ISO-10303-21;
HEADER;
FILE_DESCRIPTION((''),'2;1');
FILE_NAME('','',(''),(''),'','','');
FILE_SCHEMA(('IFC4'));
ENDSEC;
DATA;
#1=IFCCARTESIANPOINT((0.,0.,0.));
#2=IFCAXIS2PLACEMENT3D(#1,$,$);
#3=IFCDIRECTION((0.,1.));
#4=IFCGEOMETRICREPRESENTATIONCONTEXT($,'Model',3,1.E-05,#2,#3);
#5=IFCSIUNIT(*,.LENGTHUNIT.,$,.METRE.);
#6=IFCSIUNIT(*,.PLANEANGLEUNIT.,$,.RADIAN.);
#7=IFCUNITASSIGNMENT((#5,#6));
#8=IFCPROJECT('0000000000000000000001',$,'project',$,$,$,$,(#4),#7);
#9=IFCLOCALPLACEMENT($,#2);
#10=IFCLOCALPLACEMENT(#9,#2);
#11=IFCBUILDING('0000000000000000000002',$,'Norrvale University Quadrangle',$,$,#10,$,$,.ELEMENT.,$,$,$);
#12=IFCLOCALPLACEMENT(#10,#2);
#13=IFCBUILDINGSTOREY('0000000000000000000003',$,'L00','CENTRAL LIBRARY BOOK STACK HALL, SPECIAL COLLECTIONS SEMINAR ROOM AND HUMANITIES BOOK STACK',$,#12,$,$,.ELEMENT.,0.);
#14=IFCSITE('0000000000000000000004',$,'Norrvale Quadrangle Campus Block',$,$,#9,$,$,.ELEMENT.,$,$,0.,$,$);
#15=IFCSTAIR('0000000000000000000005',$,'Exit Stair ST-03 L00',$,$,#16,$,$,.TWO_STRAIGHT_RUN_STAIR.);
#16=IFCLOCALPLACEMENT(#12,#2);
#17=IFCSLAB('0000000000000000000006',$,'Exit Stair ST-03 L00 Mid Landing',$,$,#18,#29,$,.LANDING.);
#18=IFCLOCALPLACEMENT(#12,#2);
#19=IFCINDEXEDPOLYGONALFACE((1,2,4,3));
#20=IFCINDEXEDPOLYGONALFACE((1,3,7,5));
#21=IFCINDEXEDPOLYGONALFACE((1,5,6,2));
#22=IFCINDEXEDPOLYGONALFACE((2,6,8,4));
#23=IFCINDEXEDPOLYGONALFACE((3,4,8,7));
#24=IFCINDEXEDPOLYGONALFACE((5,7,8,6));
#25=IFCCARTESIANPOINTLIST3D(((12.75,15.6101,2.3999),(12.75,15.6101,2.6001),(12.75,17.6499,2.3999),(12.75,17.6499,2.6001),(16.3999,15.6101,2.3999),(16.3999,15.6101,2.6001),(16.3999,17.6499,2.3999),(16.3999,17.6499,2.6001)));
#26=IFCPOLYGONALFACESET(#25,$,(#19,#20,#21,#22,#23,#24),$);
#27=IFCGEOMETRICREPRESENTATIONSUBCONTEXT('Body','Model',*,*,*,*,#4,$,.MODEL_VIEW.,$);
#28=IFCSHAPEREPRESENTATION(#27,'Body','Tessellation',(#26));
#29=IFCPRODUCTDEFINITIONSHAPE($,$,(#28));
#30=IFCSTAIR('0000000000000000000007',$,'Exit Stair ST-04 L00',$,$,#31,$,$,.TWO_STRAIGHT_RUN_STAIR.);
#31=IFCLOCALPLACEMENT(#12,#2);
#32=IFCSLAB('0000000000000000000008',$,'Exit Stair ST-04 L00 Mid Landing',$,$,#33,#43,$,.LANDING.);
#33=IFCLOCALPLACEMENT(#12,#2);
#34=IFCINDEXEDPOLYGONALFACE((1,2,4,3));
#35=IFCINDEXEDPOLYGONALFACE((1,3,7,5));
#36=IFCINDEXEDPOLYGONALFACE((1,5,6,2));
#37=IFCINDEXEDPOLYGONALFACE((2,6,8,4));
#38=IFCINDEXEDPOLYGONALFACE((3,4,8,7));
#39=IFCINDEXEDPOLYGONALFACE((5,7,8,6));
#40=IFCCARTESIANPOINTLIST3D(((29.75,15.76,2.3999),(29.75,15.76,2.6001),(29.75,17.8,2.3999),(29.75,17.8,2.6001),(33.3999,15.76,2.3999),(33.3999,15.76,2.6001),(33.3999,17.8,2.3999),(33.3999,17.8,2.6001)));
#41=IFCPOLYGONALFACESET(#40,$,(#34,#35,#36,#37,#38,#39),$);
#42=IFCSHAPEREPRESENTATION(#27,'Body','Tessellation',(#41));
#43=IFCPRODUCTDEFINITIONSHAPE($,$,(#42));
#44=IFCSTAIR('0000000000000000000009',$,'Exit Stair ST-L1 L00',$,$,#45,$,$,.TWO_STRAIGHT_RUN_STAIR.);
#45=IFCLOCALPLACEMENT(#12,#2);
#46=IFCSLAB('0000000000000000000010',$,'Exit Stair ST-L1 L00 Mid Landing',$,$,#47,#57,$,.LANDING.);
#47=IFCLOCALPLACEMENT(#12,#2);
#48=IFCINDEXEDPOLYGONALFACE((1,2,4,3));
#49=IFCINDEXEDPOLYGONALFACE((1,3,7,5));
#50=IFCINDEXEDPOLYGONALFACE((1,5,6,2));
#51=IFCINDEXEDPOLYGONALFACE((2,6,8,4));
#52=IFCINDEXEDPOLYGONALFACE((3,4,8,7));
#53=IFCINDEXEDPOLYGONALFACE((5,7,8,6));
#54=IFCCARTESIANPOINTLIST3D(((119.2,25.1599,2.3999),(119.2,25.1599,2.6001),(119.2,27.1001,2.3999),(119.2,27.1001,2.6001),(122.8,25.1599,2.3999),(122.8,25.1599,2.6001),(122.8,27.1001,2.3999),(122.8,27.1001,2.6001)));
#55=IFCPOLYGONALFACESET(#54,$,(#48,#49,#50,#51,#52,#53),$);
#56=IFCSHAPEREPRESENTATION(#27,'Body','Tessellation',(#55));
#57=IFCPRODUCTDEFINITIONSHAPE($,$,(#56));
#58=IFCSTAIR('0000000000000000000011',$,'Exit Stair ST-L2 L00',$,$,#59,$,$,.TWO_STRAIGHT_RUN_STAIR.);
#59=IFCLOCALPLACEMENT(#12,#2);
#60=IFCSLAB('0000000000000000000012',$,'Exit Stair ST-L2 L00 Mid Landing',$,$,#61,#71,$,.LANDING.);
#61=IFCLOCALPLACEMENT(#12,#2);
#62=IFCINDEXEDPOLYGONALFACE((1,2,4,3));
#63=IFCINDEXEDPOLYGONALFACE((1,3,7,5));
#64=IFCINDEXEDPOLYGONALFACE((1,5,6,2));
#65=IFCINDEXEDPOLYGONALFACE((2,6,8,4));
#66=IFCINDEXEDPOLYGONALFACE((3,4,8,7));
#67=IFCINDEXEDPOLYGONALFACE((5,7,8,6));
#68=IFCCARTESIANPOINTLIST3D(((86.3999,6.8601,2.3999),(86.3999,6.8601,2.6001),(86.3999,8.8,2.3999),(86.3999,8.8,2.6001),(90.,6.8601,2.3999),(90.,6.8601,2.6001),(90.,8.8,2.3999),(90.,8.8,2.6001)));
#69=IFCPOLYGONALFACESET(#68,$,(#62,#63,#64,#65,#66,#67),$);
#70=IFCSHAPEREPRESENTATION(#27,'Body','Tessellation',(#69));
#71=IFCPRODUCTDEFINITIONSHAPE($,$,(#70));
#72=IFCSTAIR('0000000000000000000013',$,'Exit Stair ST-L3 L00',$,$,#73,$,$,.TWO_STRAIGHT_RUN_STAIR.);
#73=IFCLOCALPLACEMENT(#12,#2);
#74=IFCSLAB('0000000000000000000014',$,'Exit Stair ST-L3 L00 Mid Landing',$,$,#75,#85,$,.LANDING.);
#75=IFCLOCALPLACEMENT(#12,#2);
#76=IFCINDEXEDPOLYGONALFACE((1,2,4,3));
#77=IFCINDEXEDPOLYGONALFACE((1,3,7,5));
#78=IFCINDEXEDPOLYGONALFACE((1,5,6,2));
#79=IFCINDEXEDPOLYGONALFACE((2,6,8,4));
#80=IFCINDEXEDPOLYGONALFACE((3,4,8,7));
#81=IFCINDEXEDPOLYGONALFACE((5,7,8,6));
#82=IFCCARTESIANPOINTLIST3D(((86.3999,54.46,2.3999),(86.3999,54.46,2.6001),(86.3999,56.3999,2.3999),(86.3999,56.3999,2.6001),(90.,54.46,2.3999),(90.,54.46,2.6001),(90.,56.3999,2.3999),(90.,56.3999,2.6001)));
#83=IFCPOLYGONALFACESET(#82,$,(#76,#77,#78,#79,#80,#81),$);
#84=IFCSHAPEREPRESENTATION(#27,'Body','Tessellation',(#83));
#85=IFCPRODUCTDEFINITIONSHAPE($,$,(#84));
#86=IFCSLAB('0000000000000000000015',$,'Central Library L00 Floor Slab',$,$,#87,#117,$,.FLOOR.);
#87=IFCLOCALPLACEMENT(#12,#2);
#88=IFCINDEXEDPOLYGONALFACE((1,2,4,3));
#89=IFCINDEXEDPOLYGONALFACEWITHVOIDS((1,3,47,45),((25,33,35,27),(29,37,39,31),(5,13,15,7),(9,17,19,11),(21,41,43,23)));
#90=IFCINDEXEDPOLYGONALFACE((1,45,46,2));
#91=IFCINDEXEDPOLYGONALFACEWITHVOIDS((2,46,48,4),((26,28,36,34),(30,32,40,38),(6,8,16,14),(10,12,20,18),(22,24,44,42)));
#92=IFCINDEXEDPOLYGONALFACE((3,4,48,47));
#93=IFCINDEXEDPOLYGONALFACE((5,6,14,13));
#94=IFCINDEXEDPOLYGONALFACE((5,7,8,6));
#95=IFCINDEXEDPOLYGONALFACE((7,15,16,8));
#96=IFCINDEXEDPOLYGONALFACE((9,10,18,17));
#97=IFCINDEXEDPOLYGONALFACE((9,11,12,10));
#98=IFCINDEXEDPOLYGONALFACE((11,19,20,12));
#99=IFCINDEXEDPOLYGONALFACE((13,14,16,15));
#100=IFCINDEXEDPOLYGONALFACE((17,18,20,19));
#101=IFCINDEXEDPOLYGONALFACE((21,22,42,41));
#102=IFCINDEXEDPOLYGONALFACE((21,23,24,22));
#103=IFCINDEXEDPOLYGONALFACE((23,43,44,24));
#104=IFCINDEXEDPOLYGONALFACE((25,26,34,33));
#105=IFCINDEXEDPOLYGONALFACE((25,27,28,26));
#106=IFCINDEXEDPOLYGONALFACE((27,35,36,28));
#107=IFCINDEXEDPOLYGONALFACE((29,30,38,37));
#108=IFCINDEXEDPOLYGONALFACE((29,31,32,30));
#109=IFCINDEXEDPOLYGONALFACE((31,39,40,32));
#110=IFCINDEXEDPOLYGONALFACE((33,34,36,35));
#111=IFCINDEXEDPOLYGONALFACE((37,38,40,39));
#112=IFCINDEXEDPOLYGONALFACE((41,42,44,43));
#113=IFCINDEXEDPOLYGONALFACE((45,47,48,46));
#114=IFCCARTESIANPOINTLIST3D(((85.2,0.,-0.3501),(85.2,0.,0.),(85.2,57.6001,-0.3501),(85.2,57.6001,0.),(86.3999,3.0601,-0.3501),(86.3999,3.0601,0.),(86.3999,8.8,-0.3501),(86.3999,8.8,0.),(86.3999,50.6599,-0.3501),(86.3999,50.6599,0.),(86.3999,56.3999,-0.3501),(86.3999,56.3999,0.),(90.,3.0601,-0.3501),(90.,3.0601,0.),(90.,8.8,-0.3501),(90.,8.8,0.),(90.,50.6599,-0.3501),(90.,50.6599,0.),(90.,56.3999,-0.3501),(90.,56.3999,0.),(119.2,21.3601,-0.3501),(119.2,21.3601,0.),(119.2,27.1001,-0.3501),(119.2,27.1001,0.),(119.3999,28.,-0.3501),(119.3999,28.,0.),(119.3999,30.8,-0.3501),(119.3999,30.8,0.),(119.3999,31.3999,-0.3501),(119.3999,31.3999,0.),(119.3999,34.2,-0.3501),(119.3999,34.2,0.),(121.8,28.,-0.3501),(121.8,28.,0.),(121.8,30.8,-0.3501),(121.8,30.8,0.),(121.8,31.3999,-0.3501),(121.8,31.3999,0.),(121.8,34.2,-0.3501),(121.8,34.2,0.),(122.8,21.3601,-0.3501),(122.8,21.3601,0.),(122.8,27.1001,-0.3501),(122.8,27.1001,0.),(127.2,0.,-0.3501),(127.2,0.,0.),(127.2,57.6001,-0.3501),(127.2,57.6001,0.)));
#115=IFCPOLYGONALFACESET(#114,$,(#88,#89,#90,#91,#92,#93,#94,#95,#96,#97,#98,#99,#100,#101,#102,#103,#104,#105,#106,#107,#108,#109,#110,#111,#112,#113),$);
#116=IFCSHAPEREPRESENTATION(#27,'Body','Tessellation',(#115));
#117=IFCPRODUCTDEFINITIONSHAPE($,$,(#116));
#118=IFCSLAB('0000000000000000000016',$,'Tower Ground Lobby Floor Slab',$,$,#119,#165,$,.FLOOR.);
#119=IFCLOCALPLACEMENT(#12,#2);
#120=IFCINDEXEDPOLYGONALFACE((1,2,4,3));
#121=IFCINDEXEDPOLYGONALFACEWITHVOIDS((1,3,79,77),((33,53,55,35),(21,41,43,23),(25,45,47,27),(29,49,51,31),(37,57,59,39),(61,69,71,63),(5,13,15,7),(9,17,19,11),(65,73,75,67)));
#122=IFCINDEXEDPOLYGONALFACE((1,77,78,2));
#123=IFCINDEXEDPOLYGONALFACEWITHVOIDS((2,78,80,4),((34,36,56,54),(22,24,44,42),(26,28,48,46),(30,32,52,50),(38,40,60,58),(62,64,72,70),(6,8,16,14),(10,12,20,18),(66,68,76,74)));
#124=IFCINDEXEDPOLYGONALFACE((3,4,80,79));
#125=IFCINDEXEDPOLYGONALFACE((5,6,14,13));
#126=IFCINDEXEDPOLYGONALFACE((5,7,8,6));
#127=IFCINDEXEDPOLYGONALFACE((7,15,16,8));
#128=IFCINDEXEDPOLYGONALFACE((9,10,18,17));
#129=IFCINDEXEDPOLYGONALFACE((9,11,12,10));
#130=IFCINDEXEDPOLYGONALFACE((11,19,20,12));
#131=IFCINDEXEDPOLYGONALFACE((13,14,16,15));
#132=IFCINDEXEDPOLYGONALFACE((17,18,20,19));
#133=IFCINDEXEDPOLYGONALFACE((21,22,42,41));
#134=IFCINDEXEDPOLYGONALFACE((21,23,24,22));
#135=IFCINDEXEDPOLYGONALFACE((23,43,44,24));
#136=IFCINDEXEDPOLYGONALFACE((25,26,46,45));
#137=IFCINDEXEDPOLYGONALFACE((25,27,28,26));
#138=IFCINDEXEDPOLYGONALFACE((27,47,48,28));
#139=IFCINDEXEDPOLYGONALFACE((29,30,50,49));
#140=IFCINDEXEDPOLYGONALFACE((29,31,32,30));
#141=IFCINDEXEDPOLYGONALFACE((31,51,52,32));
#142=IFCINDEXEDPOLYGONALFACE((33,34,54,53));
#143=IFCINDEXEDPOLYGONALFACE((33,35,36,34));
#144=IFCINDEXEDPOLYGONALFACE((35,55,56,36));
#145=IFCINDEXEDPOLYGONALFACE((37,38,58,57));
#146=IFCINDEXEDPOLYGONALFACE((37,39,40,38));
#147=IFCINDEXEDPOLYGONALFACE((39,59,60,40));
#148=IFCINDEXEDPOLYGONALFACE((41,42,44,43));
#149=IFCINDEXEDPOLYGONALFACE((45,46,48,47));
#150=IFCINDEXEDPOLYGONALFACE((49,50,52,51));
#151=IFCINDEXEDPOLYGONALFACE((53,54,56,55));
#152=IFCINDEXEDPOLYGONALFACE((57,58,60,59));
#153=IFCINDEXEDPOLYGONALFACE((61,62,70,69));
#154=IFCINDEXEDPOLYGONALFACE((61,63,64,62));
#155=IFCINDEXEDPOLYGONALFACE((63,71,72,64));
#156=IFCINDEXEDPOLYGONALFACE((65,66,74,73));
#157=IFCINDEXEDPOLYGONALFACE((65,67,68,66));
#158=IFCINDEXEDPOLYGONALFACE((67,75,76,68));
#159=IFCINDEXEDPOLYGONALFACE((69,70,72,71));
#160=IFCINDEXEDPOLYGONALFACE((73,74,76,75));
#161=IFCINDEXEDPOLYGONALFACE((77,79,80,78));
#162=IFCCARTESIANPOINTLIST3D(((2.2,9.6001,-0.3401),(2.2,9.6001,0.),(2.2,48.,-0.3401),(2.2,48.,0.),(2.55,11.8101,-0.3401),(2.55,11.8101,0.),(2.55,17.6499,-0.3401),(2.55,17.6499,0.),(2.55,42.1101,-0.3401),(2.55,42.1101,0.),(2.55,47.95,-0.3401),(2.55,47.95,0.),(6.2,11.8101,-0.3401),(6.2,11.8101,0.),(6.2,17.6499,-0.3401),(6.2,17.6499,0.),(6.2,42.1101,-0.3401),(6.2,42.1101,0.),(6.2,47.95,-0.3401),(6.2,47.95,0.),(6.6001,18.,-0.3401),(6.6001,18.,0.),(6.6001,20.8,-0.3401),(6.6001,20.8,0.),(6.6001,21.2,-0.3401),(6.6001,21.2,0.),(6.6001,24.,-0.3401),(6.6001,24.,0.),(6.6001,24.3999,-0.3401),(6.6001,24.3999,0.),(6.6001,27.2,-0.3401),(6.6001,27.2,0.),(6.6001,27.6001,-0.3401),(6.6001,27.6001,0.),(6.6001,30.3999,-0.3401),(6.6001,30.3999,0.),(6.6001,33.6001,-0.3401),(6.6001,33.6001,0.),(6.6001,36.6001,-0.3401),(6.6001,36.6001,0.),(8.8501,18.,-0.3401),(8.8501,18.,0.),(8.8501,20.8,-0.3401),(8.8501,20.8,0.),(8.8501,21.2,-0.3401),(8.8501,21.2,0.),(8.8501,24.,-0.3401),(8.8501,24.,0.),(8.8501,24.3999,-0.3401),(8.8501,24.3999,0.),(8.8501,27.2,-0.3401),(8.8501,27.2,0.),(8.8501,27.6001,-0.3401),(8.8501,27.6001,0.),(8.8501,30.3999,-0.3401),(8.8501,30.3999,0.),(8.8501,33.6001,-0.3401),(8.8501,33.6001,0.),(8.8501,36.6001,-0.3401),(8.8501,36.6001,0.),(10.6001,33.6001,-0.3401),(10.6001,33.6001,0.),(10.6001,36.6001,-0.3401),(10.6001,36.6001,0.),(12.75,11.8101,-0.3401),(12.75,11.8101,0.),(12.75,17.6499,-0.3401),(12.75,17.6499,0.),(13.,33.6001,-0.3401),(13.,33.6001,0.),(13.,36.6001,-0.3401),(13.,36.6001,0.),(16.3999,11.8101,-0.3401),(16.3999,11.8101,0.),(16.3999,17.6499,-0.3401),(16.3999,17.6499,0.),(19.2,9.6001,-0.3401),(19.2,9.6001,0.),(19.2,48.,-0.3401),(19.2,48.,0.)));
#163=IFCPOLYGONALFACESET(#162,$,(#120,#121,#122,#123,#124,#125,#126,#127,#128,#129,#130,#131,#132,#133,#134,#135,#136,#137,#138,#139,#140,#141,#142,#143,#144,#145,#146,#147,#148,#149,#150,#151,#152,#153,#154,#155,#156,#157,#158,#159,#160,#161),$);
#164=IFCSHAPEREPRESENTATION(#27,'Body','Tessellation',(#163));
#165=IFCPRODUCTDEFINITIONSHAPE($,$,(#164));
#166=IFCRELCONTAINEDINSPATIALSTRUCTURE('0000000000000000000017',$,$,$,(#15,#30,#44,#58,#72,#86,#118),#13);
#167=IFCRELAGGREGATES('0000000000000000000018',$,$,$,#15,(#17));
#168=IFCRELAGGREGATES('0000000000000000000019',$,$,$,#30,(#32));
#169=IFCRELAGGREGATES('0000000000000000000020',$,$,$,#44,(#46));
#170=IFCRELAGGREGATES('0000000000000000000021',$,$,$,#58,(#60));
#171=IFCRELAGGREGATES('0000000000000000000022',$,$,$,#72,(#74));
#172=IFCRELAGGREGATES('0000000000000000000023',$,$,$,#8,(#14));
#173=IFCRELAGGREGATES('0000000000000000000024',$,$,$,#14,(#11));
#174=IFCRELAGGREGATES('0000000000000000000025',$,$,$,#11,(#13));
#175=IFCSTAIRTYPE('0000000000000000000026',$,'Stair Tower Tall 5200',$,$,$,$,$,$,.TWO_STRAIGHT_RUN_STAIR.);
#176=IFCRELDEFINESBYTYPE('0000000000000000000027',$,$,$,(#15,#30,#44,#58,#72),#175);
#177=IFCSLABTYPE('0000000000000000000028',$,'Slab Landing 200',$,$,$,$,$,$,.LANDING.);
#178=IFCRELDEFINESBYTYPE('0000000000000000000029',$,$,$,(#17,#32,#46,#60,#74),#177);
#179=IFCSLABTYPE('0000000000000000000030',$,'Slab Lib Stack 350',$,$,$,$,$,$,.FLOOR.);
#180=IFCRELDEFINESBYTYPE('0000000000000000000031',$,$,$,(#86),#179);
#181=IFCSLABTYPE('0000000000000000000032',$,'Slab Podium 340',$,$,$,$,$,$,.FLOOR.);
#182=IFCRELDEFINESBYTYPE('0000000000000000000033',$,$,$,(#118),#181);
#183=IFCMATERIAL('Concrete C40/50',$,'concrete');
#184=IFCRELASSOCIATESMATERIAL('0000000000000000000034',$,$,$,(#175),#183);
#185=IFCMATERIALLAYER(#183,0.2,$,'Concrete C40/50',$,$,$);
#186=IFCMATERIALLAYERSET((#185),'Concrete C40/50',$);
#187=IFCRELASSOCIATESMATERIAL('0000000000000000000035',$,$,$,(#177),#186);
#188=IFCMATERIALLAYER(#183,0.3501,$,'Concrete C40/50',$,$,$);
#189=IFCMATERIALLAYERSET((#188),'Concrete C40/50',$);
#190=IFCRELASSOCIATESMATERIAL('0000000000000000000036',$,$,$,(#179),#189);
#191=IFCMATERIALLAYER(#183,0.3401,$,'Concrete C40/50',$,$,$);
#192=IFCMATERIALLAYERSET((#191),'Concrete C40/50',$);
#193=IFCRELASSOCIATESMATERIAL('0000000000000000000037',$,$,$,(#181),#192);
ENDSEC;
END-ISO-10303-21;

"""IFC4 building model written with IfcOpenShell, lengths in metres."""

from ifc_helpers import new_model, si_unit, direction, frame, origin, place, context, subcontext, project, spatial, polyline, outline, extrude, material, layer, layer_set, type_object, element, aggregate, save


model = new_model("IFC4")

# Units and contexts
model_context = context("Model", 3, precision=1e-05, world=origin(), true_north=direction((0.0, 1.0)))
body_context = subcontext(model_context, "Body", "Model", "MODEL_VIEW")
ifc_project = project(units=[si_unit("LENGTHUNIT", "METRE"), si_unit("PLANEANGLEUNIT", "RADIAN")], contexts=[model_context])

# Site, building, storey
site_placement = place(None, origin())
site = spatial("IfcSite", under=ifc_project, at=site_placement, Name="Norrvale Quadrangle Campus Block", CompositionType="ELEMENT", RefElevation=0.0)
building_placement = place(site_placement, origin())
building = spatial("IfcBuilding", under=site, at=building_placement, Name="Norrvale University Quadrangle", CompositionType="ELEMENT")
storey_placement = place(building_placement, origin())
storey = spatial("IfcBuildingStorey", under=building, at=storey_placement, Name="L00", Description="CENTRAL LIBRARY BOOK STACK HALL, SPECIAL COLLECTIONS SEMINAR ROOM AND HUMANITIES BOOK STACK", CompositionType="ELEMENT", Elevation=0.0)

# Stairs, slabs
ifc_material_1 = material(Name="Concrete C40/50", Category="concrete")
stair_type = type_object("IfcStairType", Name="Stair Tower Tall 5200", PredefinedType="TWO_STRAIGHT_RUN_STAIR", material=ifc_material_1)
ifc_layer_1 = layer(ifc_material_1, 0.2, Name="Concrete C40/50")
ifc_layer_set_1 = layer_set([ifc_layer_1], Name="Concrete C40/50")
slab_type_1 = type_object("IfcSlabType", Name="Slab Landing 200", PredefinedType="LANDING", material=ifc_layer_set_1)
stair_1_placement = place(storey_placement, origin())
stair_1 = element("IfcStair", 1, at=stair_1_placement, inside=storey, type_object=stair_type, Name="Exit Stair ST-03 L00", PredefinedType="TWO_STRAIGHT_RUN_STAIR")
slab_1_placement = place(storey_placement, frame((0.0, 0.0, 2.3999)))
slab_1 = element("IfcSlab", 2, at=slab_1_placement, type_object=slab_type_1, Name="Exit Stair ST-03 L00 Mid Landing", PredefinedType="LANDING", context=body_context, shape_type="SweptSolid", body=[
    extrude(outline(polyline([(12.75, 15.6101), (16.3999, 15.6101), (16.3999, 17.6499), (12.75, 17.6499), (12.75, 15.6101)])), origin(), (0.0, 0.0, 1.0), 0.2002),
])
aggregate(stair_1, [slab_1])
stair_2_placement = place(storey_placement, origin())
stair_2 = element("IfcStair", 3, at=stair_2_placement, inside=storey, type_object=stair_type, Name="Exit Stair ST-04 L00", PredefinedType="TWO_STRAIGHT_RUN_STAIR")
slab_2_placement = place(storey_placement, frame((0.0, 0.0, 2.3999)))
slab_2 = element("IfcSlab", 4, at=slab_2_placement, type_object=slab_type_1, Name="Exit Stair ST-04 L00 Mid Landing", PredefinedType="LANDING", context=body_context, shape_type="SweptSolid", body=[
    extrude(outline(polyline([(29.75, 15.76), (33.3999, 15.76), (33.3999, 17.8), (29.75, 17.8), (29.75, 15.76)])), origin(), (0.0, 0.0, 1.0), 0.2002),
])
aggregate(stair_2, [slab_2])
stair_3_placement = place(storey_placement, origin())
stair_3 = element("IfcStair", 5, at=stair_3_placement, inside=storey, type_object=stair_type, Name="Exit Stair ST-L1 L00", PredefinedType="TWO_STRAIGHT_RUN_STAIR")
slab_3_placement = place(storey_placement, frame((0.0, 0.0, 2.3999)))
slab_3 = element("IfcSlab", 6, at=slab_3_placement, type_object=slab_type_1, Name="Exit Stair ST-L1 L00 Mid Landing", PredefinedType="LANDING", context=body_context, shape_type="SweptSolid", body=[
    extrude(outline(polyline([(119.2, 25.1599), (122.8, 25.1599), (122.8, 27.1001), (119.2, 27.1001), (119.2, 25.1599)])), origin(), (0.0, 0.0, 1.0), 0.2002),
])
aggregate(stair_3, [slab_3])
stair_4_placement = place(storey_placement, origin())
stair_4 = element("IfcStair", 7, at=stair_4_placement, inside=storey, type_object=stair_type, Name="Exit Stair ST-L2 L00", PredefinedType="TWO_STRAIGHT_RUN_STAIR")
slab_4_placement = place(storey_placement, frame((0.0, 0.0, 2.3999)))
slab_4 = element("IfcSlab", 8, at=slab_4_placement, type_object=slab_type_1, Name="Exit Stair ST-L2 L00 Mid Landing", PredefinedType="LANDING", context=body_context, shape_type="SweptSolid", body=[
    extrude(outline(polyline([(86.3999, 6.8601), (90.0, 6.8601), (90.0, 8.8), (86.3999, 8.8), (86.3999, 6.8601)])), origin(), (0.0, 0.0, 1.0), 0.2002),
])
aggregate(stair_4, [slab_4])
stair_5_placement = place(storey_placement, origin())
stair_5 = element("IfcStair", 9, at=stair_5_placement, inside=storey, type_object=stair_type, Name="Exit Stair ST-L3 L00", PredefinedType="TWO_STRAIGHT_RUN_STAIR")
slab_5_placement = place(storey_placement, frame((0.0, 0.0, 2.3999)))
slab_5 = element("IfcSlab", 10, at=slab_5_placement, type_object=slab_type_1, Name="Exit Stair ST-L3 L00 Mid Landing", PredefinedType="LANDING", context=body_context, shape_type="SweptSolid", body=[
    extrude(outline(polyline([(86.3999, 54.46), (90.0, 54.46), (90.0, 56.3999), (86.3999, 56.3999), (86.3999, 54.46)])), origin(), (0.0, 0.0, 1.0), 0.2002),
])
aggregate(stair_5, [slab_5])

# Slabs
ifc_layer_2 = layer(ifc_material_1, 0.3501, Name="Concrete C40/50")
ifc_layer_set_2 = layer_set([ifc_layer_2], Name="Concrete C40/50")
slab_type_2 = type_object("IfcSlabType", Name="Slab Lib Stack 350", PredefinedType="FLOOR", material=ifc_layer_set_2)
slab_6_placement = place(storey_placement, frame((0.0, 0.0, -0.3501)))
element("IfcSlab", 11, at=slab_6_placement, inside=storey, type_object=slab_type_2, Name="Central Library L00 Floor Slab", PredefinedType="FLOOR", context=body_context, shape_type="SweptSolid", body=[
    extrude(outline(polyline([(85.2, 0.0), (127.2, 0.0), (127.2, 57.6001), (85.2, 57.6001), (85.2, 0.0)]), holes=[polyline([(119.2, 21.3601), (122.8, 21.3601), (122.8, 27.1001), (119.2, 27.1001), (119.2, 21.3601)]), polyline([(86.3999, 3.0601), (90.0, 3.0601), (90.0, 8.8), (86.3999, 8.8), (86.3999, 3.0601)]), polyline([(86.3999, 50.6599), (90.0, 50.6599), (90.0, 56.3999), (86.3999, 56.3999), (86.3999, 50.6599)]), polyline([(119.3999, 28.0), (121.8, 28.0), (121.8, 30.8), (119.3999, 30.8), (119.3999, 28.0)]), polyline([(119.3999, 31.3999), (121.8, 31.3999), (121.8, 34.2), (119.3999, 34.2), (119.3999, 31.3999)])]), origin(), (0.0, 0.0, 1.0), 0.3501),
])
ifc_layer_3 = layer(ifc_material_1, 0.3401, Name="Concrete C40/50")
ifc_layer_set_3 = layer_set([ifc_layer_3], Name="Concrete C40/50")
slab_type_3 = type_object("IfcSlabType", Name="Slab Podium 340", PredefinedType="FLOOR", material=ifc_layer_set_3)
slab_7_placement = place(storey_placement, frame((0.0, 0.0, -0.3401)))
element("IfcSlab", 12, at=slab_7_placement, inside=storey, type_object=slab_type_3, Name="Tower Ground Lobby Floor Slab", PredefinedType="FLOOR", context=body_context, shape_type="SweptSolid", body=[
    extrude(outline(polyline([(2.2, 9.6001), (19.2, 9.6001), (19.2, 48.0), (2.2, 48.0), (2.2, 9.6001)]), holes=[polyline([(2.55, 11.8101), (6.2, 11.8101), (6.2, 17.6499), (2.55, 17.6499), (2.55, 11.8101)]), polyline([(2.55, 42.1101), (6.2, 42.1101), (6.2, 47.95), (2.55, 47.95), (2.55, 42.1101)]), polyline([(12.75, 11.8101), (16.3999, 11.8101), (16.3999, 17.6499), (12.75, 17.6499), (12.75, 11.8101)]), polyline([(6.6001, 18.0), (8.8501, 18.0), (8.8501, 20.8), (6.6001, 20.8), (6.6001, 18.0)]), polyline([(6.6001, 21.2), (8.8501, 21.2), (8.8501, 24.0), (6.6001, 24.0), (6.6001, 21.2)]), polyline([(6.6001, 24.3999), (8.8501, 24.3999), (8.8501, 27.2), (6.6001, 27.2), (6.6001, 24.3999)]), polyline([(6.6001, 27.6001), (8.8501, 27.6001), (8.8501, 30.3999), (6.6001, 30.3999), (6.6001, 27.6001)]), polyline([(6.6001, 33.6001), (8.8501, 33.6001), (8.8501, 36.6001), (6.6001, 36.6001), (6.6001, 33.6001)]), polyline([(10.6001, 33.6001), (13.0, 33.6001), (13.0, 36.6001), (10.6001, 36.6001), (10.6001, 33.6001)])]), origin(), (0.0, 0.0, 1.0), 0.3401),
])

save(model, "model.ifc")
